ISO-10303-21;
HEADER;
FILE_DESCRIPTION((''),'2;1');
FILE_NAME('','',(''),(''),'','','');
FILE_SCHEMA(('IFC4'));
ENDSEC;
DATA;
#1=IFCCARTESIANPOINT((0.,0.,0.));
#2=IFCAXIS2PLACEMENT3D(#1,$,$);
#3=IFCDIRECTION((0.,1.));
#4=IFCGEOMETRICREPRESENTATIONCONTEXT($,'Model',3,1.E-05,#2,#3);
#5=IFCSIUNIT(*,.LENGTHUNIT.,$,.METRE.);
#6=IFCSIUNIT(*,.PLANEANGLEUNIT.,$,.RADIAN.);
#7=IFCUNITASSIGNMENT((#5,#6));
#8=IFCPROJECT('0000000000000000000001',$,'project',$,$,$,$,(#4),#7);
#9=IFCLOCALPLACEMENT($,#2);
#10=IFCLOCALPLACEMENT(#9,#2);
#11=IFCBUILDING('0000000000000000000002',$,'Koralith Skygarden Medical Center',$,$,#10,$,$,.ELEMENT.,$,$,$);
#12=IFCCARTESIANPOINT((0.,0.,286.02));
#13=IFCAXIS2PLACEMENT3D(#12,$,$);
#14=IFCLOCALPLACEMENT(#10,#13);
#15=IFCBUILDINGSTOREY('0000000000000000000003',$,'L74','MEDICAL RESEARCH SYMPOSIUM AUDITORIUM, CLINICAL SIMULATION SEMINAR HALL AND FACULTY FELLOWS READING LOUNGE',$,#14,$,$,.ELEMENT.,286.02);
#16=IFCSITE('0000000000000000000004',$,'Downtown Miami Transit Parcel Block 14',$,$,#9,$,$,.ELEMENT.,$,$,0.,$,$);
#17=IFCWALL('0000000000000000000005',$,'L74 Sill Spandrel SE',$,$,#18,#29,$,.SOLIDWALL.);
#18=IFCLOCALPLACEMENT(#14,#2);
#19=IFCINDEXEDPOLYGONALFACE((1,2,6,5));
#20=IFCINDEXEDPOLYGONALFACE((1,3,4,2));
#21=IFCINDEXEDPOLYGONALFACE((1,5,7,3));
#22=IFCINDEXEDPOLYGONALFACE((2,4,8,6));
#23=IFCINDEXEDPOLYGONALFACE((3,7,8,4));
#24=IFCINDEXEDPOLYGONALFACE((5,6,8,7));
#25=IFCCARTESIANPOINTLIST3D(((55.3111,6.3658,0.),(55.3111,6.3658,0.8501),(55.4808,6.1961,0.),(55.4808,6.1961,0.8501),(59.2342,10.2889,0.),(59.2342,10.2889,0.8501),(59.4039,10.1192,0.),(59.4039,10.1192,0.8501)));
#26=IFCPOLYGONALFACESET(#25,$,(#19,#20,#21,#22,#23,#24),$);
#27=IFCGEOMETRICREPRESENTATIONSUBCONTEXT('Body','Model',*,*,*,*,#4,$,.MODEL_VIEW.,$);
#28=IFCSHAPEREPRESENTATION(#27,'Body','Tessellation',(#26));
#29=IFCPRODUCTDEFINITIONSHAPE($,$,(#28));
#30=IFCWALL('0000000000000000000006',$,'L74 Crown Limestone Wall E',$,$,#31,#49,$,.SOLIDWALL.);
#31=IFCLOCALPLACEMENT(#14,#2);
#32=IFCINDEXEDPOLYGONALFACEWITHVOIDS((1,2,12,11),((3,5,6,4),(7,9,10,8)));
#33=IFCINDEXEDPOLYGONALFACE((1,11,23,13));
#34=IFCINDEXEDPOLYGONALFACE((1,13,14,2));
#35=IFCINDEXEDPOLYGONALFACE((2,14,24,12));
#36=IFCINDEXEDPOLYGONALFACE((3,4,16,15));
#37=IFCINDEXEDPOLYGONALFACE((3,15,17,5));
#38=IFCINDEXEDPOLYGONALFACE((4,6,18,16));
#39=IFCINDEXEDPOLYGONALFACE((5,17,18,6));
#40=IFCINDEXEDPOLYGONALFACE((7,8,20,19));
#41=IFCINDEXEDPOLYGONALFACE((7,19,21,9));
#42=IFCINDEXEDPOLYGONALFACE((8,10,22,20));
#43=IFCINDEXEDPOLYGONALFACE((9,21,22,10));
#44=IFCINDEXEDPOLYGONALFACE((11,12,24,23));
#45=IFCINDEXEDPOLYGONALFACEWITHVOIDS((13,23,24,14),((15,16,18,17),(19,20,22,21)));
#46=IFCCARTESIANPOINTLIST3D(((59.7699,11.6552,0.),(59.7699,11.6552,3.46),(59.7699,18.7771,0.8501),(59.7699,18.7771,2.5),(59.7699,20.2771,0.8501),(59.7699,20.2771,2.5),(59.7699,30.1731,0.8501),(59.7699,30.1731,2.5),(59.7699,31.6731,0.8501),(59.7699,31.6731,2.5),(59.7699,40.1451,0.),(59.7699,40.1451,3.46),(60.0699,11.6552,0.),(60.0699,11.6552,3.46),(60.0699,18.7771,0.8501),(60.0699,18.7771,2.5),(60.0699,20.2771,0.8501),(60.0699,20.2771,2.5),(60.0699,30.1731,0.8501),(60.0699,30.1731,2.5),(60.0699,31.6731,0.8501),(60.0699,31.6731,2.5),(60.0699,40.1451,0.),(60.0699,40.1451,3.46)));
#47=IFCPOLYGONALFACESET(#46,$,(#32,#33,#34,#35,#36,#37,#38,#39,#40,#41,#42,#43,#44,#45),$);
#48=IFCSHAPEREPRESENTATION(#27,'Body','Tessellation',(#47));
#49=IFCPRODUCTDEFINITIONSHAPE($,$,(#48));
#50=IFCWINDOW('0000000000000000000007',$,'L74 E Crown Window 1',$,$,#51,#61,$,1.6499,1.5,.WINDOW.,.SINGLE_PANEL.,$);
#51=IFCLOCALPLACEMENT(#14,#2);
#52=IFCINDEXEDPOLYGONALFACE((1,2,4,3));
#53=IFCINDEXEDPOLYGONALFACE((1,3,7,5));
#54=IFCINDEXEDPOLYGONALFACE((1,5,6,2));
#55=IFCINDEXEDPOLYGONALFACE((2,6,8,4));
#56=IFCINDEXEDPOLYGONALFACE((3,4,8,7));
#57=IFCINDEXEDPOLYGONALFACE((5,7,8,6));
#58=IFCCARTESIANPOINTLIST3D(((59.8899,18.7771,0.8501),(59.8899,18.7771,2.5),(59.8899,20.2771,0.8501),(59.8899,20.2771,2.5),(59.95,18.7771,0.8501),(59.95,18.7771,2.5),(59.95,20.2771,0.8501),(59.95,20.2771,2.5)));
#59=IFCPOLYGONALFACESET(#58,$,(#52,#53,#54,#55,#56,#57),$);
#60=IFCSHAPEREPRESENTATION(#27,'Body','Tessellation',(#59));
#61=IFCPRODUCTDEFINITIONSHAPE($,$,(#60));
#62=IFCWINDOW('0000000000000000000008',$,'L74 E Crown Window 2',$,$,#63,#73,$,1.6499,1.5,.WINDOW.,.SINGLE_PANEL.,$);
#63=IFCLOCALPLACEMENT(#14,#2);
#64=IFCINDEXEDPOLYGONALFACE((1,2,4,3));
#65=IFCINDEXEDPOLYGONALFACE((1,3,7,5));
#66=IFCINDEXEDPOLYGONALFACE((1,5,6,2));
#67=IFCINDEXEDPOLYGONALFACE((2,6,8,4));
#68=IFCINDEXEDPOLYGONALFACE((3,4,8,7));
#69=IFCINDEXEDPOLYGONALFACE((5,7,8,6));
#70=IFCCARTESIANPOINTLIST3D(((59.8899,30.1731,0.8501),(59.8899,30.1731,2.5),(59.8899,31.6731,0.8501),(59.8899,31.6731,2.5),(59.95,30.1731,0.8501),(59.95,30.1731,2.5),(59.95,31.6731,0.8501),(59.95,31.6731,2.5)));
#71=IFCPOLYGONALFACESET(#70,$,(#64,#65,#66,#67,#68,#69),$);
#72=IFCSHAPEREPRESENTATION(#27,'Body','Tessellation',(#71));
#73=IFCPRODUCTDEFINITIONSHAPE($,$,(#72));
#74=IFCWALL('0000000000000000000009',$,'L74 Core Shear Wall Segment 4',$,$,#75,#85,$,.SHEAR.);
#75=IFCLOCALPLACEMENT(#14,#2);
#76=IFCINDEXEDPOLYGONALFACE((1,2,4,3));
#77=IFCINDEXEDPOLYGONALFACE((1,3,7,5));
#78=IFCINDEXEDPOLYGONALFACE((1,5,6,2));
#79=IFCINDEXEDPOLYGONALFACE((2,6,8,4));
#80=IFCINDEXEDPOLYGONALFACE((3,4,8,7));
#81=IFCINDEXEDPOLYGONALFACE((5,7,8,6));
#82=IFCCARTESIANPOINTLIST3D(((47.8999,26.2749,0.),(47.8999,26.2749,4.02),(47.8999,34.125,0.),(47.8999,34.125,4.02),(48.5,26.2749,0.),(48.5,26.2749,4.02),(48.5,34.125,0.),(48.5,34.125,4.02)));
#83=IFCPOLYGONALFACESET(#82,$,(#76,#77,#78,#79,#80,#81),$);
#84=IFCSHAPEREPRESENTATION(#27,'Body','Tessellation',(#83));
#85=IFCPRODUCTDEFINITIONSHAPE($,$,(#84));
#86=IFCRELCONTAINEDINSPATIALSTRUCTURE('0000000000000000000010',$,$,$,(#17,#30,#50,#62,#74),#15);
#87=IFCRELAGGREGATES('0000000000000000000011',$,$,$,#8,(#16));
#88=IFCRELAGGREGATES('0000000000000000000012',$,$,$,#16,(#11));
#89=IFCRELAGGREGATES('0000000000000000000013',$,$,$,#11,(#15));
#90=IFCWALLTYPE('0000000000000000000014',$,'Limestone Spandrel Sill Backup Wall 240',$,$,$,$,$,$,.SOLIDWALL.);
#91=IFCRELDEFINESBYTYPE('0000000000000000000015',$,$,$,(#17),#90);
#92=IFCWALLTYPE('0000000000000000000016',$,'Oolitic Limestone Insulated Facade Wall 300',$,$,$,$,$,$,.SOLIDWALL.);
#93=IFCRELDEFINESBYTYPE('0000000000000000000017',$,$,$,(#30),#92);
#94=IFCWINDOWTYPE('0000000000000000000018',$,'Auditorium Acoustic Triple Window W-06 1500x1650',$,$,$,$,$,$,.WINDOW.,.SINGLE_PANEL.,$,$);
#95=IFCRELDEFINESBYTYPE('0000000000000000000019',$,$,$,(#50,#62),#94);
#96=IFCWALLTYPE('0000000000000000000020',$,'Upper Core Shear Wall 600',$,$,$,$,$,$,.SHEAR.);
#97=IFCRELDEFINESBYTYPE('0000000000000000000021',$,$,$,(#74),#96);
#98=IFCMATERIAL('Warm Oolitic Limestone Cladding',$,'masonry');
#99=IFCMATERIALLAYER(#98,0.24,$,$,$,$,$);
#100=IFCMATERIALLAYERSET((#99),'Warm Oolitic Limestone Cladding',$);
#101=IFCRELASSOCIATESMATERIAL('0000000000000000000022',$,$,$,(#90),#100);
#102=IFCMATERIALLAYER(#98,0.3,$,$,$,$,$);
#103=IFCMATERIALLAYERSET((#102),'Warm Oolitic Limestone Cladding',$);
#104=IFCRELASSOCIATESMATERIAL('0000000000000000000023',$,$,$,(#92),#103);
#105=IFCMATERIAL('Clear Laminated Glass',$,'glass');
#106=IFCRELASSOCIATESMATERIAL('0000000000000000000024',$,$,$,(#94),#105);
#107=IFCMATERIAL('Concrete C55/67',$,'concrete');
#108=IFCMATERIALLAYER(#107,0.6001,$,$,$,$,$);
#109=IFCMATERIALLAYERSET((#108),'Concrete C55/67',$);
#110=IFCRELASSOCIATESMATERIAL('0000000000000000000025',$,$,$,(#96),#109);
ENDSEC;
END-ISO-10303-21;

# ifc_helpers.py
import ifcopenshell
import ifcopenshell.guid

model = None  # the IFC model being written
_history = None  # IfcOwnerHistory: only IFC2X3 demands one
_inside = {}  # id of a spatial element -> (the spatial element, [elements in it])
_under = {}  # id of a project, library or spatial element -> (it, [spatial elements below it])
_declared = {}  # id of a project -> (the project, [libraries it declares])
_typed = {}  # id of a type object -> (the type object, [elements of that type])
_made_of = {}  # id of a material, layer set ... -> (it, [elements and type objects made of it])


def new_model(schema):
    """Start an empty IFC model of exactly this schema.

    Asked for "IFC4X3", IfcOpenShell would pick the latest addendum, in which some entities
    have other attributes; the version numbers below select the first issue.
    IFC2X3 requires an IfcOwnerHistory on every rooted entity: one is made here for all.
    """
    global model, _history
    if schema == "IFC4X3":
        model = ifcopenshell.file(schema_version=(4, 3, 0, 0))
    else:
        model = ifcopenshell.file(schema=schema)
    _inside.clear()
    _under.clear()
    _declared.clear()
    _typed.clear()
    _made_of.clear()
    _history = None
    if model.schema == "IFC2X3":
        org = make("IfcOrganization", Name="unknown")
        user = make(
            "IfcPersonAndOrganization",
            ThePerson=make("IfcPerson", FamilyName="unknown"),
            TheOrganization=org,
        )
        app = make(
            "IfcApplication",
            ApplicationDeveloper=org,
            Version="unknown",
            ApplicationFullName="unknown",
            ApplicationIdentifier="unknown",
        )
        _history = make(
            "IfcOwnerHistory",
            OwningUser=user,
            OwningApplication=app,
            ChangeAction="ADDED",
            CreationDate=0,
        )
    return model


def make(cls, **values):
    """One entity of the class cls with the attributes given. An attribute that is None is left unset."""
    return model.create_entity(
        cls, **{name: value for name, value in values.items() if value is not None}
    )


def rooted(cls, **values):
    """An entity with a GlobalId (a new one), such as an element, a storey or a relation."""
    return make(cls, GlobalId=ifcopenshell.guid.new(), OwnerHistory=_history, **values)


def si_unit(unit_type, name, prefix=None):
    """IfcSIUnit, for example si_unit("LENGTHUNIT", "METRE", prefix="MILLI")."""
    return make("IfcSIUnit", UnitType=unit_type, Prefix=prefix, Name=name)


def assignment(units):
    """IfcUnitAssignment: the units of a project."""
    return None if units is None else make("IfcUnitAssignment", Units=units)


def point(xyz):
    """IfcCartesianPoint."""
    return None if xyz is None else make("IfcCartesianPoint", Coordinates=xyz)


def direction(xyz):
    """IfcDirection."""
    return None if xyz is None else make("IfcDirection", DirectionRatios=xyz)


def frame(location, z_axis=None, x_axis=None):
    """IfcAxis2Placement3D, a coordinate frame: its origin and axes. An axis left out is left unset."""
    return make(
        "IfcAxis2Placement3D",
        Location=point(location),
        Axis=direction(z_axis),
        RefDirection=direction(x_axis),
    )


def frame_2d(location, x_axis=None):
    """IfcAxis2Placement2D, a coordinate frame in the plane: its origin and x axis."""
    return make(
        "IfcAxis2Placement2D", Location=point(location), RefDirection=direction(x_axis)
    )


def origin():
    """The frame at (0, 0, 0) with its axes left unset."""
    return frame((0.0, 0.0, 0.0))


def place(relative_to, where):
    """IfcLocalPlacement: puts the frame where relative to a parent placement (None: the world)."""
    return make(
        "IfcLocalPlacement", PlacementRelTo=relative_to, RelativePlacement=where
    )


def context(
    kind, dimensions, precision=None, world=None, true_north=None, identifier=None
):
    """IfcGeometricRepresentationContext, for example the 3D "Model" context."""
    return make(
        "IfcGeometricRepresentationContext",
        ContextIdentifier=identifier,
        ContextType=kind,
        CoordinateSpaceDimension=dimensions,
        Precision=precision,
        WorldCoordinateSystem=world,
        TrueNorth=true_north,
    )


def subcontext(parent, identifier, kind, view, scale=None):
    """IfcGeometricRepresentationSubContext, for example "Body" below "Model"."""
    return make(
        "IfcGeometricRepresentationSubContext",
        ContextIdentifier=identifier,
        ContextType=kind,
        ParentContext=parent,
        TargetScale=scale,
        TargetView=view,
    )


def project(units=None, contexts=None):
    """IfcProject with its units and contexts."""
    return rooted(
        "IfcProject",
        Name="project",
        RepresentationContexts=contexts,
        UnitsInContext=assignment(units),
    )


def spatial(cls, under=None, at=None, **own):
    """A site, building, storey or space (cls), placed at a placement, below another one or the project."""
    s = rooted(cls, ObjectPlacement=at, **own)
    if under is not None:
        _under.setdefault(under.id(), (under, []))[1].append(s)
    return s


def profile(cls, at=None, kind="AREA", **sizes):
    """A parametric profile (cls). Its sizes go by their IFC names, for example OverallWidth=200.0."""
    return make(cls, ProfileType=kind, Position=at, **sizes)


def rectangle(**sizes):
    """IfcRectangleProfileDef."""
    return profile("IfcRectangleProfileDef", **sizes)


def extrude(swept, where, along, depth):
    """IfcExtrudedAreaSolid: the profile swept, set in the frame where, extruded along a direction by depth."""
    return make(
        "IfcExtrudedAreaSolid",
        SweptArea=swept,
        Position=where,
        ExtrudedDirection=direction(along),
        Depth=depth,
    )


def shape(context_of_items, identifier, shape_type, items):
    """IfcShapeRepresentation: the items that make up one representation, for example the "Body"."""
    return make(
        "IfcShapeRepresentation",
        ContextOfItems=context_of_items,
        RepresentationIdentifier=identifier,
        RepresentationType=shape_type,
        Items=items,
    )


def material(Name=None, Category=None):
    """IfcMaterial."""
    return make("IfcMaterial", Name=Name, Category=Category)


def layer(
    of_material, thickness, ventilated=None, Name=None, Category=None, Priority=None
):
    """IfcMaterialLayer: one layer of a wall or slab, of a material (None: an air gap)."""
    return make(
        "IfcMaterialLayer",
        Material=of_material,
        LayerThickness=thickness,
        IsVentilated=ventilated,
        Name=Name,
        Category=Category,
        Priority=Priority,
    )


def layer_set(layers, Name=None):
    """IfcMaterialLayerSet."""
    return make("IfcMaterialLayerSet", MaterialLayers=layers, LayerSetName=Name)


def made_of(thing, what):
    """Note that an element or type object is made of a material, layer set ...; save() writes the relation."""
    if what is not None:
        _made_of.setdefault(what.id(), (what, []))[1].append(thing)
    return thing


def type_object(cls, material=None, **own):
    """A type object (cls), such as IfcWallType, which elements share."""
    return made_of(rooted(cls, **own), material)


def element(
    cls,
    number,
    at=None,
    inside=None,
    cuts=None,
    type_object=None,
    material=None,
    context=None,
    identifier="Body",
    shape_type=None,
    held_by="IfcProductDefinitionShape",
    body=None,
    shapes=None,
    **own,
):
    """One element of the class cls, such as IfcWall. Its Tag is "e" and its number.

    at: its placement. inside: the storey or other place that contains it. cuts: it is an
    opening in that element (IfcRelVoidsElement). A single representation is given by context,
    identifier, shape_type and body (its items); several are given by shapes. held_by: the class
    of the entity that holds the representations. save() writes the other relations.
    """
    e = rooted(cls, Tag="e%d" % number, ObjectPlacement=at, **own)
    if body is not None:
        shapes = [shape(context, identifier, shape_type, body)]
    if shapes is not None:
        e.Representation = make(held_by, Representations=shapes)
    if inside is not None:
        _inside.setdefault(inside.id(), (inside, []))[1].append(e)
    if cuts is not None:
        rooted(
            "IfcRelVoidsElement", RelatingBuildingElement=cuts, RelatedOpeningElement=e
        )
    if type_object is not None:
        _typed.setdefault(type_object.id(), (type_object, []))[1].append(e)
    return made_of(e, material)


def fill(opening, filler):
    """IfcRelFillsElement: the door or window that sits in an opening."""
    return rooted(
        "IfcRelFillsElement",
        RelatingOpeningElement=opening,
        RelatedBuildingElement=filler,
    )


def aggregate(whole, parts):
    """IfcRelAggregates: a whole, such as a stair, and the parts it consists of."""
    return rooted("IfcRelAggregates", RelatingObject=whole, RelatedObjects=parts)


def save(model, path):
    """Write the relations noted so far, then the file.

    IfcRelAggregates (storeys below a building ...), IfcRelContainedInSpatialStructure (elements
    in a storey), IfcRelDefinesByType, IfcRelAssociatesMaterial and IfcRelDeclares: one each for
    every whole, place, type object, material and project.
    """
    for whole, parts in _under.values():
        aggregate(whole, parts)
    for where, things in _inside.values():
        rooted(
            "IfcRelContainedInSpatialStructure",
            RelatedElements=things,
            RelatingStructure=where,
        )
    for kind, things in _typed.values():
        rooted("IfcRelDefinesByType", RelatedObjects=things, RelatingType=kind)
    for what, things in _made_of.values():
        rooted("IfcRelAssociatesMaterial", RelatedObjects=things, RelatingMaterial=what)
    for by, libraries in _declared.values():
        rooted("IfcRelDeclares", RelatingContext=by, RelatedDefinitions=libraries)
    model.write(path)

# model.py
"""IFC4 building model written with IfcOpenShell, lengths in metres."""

from ifc_helpers import new_model, si_unit, direction, frame, frame_2d, origin, place, context, subcontext, project, spatial, rectangle, extrude, material, layer, layer_set, type_object, element, fill, save


model = new_model("IFC4")

# Units and contexts
model_context = context("Model", 3, precision=1e-05, world=origin(), true_north=direction((0.0, 1.0)))
body_context = subcontext(model_context, "Body", "Model", "MODEL_VIEW")
ifc_project = project(units=[si_unit("LENGTHUNIT", "METRE"), si_unit("PLANEANGLEUNIT", "RADIAN")], contexts=[model_context])

# Site, building, storey
site_placement = place(None, origin())
site = spatial("IfcSite", under=ifc_project, at=site_placement, Name="Downtown Miami Transit Parcel Block 14", CompositionType="ELEMENT", RefElevation=0.0)
building_placement = place(site_placement, origin())
building = spatial("IfcBuilding", under=site, at=building_placement, Name="Koralith Skygarden Medical Center", CompositionType="ELEMENT")
storey_placement = place(building_placement, frame((0.0, 0.0, 286.02)))
storey = spatial("IfcBuildingStorey", under=building, at=storey_placement, Name="L74", Description="MEDICAL RESEARCH SYMPOSIUM AUDITORIUM, CLINICAL SIMULATION SEMINAR HALL AND FACULTY FELLOWS READING LOUNGE", CompositionType="ELEMENT", Elevation=286.02)

# Shared definitions
ifc_material_1 = material(Name="Concrete C55/67", Category="concrete")

# Shared definitions
ifc_material_2 = material(Name="Clear Laminated Glass", Category="glass")

# Shared definitions
ifc_material_3 = material(Name="Warm Oolitic Limestone Cladding", Category="masonry")

# Wall
ifc_layer_1 = layer(ifc_material_3, 0.24)
ifc_layer_set_1 = layer_set([ifc_layer_1], Name="Warm Oolitic Limestone Cladding")
wall_type_1 = type_object("IfcWallType", Name="Limestone Spandrel Sill Backup Wall 240", PredefinedType="SOLIDWALL", material=ifc_layer_set_1)
wall_1_placement = place(storey_placement, frame((55.396, 6.281, 0.0), z_axis=(0.0, 0.0, 1.0), x_axis=(0.707107, 0.707107, 0.0)))
element("IfcWall", 1, at=wall_1_placement, inside=storey, type_object=wall_type_1, Name="L74 Sill Spandrel SE", PredefinedType="SOLIDWALL", context=body_context, shape_type="SweptSolid", body=[
    extrude(rectangle(XDim=5.5481, YDim=0.24, at=frame_2d((2.7739, 0.0))), origin(), (0.0, 0.0, 1.0), 0.8501),
])

# Wall, openings, windows
ifc_layer_2 = layer(ifc_material_3, 0.3)
ifc_layer_set_2 = layer_set([ifc_layer_2], Name="Warm Oolitic Limestone Cladding")
wall_type_2 = type_object("IfcWallType", Name="Oolitic Limestone Insulated Facade Wall 300", PredefinedType="SOLIDWALL", material=ifc_layer_set_2)
wall_2_placement = place(storey_placement, frame((59.9199, 11.655, 0.0), z_axis=(0.0, 0.0, 1.0), x_axis=(0.0, 1.0, 0.0)))
wall_2 = element("IfcWall", 2, at=wall_2_placement, inside=storey, type_object=wall_type_2, Name="L74 Crown Limestone Wall E", PredefinedType="SOLIDWALL", context=body_context, shape_type="SweptSolid", body=[
    extrude(rectangle(XDim=28.49, YDim=0.3, at=frame_2d((14.2451, 0.0))), origin(), (0.0, 0.0, 1.0), 3.46),
])
opening_1_placement = place(wall_2_placement, frame((7.1221, 0.0, 0.8501)))
opening_1 = element("IfcOpeningElement", 3, at=opening_1_placement, cuts=wall_2, PredefinedType="OPENING", context=body_context, shape_type="SweptSolid", body=[
    extrude(rectangle(XDim=1.5, YDim=1.6499, at=frame_2d((0.75, 0.825))), frame((0.0, 0.1599, 0.0), z_axis=(0.0, -1.0, 0.0), x_axis=(1.0, 0.0, 0.0)), (0.0, 0.0, 1.0), 0.3201),
])
opening_2_placement = place(wall_2_placement, frame((18.5181, 0.0, 0.8501)))
opening_2 = element("IfcOpeningElement", 4, at=opening_2_placement, cuts=wall_2, PredefinedType="OPENING", context=body_context, shape_type="SweptSolid", body=[
    extrude(rectangle(XDim=1.5, YDim=1.6499, at=frame_2d((0.75, 0.825))), frame((0.0, 0.1599, 0.0), z_axis=(0.0, -1.0, 0.0), x_axis=(1.0, 0.0, 0.0)), (0.0, 0.0, 1.0), 0.3201),
])
window_type = type_object("IfcWindowType", Name="Auditorium Acoustic Triple Window W-06 1500x1650", PartitioningType="SINGLE_PANEL", PredefinedType="WINDOW", material=ifc_material_2)
window_1_placement = place(opening_1_placement, origin())
window_1 = element("IfcWindow", 5, at=window_1_placement, inside=storey, type_object=window_type, Name="L74 E Crown Window 1", OverallHeight=1.6499, OverallWidth=1.5, PartitioningType="SINGLE_PANEL", PredefinedType="WINDOW", context=body_context, shape_type="SweptSolid", body=[
    extrude(rectangle(XDim=1.5, YDim=1.6499, at=frame_2d((0.75, 0.825))), frame((0.0, 0.03, 0.0), z_axis=(0.0, -1.0, 0.0), x_axis=(1.0, 0.0, 0.0)), (0.0, 0.0, 1.0), 0.0601),
])
fill(opening_1, window_1)
window_2_placement = place(opening_2_placement, origin())
window_2 = element("IfcWindow", 6, at=window_2_placement, inside=storey, type_object=window_type, Name="L74 E Crown Window 2", OverallHeight=1.6499, OverallWidth=1.5, PartitioningType="SINGLE_PANEL", PredefinedType="WINDOW", context=body_context, shape_type="SweptSolid", body=[
    extrude(rectangle(XDim=1.5, YDim=1.6499, at=frame_2d((0.75, 0.825))), frame((0.0, 0.03, 0.0), z_axis=(0.0, -1.0, 0.0), x_axis=(1.0, 0.0, 0.0)), (0.0, 0.0, 1.0), 0.0601),
])
fill(opening_2, window_2)

# Shared definitions
ifc_layer_3 = layer(ifc_material_1, 0.6001)
ifc_layer_set_3 = layer_set([ifc_layer_3], Name="Concrete C55/67")
wall_type_3 = type_object("IfcWallType", Name="Upper Core Shear Wall 600", PredefinedType="SHEAR", material=ifc_layer_set_3)

# Wall
wall_3_placement = place(storey_placement, frame((48.2, 26.2749, 0.0), z_axis=(0.0, 0.0, 1.0), x_axis=(0.0, 1.0, 0.0)))
element("IfcWall", 7, at=wall_3_placement, inside=storey, type_object=wall_type_3, Name="L74 Core Shear Wall Segment 4", PredefinedType="SHEAR", context=body_context, shape_type="SweptSolid", body=[
    extrude(rectangle(XDim=7.8501, YDim=0.6001, at=frame_2d((3.925, 0.0))), origin(), (0.0, 0.0, 1.0), 4.02),
])

save(model, "model.ifc")
